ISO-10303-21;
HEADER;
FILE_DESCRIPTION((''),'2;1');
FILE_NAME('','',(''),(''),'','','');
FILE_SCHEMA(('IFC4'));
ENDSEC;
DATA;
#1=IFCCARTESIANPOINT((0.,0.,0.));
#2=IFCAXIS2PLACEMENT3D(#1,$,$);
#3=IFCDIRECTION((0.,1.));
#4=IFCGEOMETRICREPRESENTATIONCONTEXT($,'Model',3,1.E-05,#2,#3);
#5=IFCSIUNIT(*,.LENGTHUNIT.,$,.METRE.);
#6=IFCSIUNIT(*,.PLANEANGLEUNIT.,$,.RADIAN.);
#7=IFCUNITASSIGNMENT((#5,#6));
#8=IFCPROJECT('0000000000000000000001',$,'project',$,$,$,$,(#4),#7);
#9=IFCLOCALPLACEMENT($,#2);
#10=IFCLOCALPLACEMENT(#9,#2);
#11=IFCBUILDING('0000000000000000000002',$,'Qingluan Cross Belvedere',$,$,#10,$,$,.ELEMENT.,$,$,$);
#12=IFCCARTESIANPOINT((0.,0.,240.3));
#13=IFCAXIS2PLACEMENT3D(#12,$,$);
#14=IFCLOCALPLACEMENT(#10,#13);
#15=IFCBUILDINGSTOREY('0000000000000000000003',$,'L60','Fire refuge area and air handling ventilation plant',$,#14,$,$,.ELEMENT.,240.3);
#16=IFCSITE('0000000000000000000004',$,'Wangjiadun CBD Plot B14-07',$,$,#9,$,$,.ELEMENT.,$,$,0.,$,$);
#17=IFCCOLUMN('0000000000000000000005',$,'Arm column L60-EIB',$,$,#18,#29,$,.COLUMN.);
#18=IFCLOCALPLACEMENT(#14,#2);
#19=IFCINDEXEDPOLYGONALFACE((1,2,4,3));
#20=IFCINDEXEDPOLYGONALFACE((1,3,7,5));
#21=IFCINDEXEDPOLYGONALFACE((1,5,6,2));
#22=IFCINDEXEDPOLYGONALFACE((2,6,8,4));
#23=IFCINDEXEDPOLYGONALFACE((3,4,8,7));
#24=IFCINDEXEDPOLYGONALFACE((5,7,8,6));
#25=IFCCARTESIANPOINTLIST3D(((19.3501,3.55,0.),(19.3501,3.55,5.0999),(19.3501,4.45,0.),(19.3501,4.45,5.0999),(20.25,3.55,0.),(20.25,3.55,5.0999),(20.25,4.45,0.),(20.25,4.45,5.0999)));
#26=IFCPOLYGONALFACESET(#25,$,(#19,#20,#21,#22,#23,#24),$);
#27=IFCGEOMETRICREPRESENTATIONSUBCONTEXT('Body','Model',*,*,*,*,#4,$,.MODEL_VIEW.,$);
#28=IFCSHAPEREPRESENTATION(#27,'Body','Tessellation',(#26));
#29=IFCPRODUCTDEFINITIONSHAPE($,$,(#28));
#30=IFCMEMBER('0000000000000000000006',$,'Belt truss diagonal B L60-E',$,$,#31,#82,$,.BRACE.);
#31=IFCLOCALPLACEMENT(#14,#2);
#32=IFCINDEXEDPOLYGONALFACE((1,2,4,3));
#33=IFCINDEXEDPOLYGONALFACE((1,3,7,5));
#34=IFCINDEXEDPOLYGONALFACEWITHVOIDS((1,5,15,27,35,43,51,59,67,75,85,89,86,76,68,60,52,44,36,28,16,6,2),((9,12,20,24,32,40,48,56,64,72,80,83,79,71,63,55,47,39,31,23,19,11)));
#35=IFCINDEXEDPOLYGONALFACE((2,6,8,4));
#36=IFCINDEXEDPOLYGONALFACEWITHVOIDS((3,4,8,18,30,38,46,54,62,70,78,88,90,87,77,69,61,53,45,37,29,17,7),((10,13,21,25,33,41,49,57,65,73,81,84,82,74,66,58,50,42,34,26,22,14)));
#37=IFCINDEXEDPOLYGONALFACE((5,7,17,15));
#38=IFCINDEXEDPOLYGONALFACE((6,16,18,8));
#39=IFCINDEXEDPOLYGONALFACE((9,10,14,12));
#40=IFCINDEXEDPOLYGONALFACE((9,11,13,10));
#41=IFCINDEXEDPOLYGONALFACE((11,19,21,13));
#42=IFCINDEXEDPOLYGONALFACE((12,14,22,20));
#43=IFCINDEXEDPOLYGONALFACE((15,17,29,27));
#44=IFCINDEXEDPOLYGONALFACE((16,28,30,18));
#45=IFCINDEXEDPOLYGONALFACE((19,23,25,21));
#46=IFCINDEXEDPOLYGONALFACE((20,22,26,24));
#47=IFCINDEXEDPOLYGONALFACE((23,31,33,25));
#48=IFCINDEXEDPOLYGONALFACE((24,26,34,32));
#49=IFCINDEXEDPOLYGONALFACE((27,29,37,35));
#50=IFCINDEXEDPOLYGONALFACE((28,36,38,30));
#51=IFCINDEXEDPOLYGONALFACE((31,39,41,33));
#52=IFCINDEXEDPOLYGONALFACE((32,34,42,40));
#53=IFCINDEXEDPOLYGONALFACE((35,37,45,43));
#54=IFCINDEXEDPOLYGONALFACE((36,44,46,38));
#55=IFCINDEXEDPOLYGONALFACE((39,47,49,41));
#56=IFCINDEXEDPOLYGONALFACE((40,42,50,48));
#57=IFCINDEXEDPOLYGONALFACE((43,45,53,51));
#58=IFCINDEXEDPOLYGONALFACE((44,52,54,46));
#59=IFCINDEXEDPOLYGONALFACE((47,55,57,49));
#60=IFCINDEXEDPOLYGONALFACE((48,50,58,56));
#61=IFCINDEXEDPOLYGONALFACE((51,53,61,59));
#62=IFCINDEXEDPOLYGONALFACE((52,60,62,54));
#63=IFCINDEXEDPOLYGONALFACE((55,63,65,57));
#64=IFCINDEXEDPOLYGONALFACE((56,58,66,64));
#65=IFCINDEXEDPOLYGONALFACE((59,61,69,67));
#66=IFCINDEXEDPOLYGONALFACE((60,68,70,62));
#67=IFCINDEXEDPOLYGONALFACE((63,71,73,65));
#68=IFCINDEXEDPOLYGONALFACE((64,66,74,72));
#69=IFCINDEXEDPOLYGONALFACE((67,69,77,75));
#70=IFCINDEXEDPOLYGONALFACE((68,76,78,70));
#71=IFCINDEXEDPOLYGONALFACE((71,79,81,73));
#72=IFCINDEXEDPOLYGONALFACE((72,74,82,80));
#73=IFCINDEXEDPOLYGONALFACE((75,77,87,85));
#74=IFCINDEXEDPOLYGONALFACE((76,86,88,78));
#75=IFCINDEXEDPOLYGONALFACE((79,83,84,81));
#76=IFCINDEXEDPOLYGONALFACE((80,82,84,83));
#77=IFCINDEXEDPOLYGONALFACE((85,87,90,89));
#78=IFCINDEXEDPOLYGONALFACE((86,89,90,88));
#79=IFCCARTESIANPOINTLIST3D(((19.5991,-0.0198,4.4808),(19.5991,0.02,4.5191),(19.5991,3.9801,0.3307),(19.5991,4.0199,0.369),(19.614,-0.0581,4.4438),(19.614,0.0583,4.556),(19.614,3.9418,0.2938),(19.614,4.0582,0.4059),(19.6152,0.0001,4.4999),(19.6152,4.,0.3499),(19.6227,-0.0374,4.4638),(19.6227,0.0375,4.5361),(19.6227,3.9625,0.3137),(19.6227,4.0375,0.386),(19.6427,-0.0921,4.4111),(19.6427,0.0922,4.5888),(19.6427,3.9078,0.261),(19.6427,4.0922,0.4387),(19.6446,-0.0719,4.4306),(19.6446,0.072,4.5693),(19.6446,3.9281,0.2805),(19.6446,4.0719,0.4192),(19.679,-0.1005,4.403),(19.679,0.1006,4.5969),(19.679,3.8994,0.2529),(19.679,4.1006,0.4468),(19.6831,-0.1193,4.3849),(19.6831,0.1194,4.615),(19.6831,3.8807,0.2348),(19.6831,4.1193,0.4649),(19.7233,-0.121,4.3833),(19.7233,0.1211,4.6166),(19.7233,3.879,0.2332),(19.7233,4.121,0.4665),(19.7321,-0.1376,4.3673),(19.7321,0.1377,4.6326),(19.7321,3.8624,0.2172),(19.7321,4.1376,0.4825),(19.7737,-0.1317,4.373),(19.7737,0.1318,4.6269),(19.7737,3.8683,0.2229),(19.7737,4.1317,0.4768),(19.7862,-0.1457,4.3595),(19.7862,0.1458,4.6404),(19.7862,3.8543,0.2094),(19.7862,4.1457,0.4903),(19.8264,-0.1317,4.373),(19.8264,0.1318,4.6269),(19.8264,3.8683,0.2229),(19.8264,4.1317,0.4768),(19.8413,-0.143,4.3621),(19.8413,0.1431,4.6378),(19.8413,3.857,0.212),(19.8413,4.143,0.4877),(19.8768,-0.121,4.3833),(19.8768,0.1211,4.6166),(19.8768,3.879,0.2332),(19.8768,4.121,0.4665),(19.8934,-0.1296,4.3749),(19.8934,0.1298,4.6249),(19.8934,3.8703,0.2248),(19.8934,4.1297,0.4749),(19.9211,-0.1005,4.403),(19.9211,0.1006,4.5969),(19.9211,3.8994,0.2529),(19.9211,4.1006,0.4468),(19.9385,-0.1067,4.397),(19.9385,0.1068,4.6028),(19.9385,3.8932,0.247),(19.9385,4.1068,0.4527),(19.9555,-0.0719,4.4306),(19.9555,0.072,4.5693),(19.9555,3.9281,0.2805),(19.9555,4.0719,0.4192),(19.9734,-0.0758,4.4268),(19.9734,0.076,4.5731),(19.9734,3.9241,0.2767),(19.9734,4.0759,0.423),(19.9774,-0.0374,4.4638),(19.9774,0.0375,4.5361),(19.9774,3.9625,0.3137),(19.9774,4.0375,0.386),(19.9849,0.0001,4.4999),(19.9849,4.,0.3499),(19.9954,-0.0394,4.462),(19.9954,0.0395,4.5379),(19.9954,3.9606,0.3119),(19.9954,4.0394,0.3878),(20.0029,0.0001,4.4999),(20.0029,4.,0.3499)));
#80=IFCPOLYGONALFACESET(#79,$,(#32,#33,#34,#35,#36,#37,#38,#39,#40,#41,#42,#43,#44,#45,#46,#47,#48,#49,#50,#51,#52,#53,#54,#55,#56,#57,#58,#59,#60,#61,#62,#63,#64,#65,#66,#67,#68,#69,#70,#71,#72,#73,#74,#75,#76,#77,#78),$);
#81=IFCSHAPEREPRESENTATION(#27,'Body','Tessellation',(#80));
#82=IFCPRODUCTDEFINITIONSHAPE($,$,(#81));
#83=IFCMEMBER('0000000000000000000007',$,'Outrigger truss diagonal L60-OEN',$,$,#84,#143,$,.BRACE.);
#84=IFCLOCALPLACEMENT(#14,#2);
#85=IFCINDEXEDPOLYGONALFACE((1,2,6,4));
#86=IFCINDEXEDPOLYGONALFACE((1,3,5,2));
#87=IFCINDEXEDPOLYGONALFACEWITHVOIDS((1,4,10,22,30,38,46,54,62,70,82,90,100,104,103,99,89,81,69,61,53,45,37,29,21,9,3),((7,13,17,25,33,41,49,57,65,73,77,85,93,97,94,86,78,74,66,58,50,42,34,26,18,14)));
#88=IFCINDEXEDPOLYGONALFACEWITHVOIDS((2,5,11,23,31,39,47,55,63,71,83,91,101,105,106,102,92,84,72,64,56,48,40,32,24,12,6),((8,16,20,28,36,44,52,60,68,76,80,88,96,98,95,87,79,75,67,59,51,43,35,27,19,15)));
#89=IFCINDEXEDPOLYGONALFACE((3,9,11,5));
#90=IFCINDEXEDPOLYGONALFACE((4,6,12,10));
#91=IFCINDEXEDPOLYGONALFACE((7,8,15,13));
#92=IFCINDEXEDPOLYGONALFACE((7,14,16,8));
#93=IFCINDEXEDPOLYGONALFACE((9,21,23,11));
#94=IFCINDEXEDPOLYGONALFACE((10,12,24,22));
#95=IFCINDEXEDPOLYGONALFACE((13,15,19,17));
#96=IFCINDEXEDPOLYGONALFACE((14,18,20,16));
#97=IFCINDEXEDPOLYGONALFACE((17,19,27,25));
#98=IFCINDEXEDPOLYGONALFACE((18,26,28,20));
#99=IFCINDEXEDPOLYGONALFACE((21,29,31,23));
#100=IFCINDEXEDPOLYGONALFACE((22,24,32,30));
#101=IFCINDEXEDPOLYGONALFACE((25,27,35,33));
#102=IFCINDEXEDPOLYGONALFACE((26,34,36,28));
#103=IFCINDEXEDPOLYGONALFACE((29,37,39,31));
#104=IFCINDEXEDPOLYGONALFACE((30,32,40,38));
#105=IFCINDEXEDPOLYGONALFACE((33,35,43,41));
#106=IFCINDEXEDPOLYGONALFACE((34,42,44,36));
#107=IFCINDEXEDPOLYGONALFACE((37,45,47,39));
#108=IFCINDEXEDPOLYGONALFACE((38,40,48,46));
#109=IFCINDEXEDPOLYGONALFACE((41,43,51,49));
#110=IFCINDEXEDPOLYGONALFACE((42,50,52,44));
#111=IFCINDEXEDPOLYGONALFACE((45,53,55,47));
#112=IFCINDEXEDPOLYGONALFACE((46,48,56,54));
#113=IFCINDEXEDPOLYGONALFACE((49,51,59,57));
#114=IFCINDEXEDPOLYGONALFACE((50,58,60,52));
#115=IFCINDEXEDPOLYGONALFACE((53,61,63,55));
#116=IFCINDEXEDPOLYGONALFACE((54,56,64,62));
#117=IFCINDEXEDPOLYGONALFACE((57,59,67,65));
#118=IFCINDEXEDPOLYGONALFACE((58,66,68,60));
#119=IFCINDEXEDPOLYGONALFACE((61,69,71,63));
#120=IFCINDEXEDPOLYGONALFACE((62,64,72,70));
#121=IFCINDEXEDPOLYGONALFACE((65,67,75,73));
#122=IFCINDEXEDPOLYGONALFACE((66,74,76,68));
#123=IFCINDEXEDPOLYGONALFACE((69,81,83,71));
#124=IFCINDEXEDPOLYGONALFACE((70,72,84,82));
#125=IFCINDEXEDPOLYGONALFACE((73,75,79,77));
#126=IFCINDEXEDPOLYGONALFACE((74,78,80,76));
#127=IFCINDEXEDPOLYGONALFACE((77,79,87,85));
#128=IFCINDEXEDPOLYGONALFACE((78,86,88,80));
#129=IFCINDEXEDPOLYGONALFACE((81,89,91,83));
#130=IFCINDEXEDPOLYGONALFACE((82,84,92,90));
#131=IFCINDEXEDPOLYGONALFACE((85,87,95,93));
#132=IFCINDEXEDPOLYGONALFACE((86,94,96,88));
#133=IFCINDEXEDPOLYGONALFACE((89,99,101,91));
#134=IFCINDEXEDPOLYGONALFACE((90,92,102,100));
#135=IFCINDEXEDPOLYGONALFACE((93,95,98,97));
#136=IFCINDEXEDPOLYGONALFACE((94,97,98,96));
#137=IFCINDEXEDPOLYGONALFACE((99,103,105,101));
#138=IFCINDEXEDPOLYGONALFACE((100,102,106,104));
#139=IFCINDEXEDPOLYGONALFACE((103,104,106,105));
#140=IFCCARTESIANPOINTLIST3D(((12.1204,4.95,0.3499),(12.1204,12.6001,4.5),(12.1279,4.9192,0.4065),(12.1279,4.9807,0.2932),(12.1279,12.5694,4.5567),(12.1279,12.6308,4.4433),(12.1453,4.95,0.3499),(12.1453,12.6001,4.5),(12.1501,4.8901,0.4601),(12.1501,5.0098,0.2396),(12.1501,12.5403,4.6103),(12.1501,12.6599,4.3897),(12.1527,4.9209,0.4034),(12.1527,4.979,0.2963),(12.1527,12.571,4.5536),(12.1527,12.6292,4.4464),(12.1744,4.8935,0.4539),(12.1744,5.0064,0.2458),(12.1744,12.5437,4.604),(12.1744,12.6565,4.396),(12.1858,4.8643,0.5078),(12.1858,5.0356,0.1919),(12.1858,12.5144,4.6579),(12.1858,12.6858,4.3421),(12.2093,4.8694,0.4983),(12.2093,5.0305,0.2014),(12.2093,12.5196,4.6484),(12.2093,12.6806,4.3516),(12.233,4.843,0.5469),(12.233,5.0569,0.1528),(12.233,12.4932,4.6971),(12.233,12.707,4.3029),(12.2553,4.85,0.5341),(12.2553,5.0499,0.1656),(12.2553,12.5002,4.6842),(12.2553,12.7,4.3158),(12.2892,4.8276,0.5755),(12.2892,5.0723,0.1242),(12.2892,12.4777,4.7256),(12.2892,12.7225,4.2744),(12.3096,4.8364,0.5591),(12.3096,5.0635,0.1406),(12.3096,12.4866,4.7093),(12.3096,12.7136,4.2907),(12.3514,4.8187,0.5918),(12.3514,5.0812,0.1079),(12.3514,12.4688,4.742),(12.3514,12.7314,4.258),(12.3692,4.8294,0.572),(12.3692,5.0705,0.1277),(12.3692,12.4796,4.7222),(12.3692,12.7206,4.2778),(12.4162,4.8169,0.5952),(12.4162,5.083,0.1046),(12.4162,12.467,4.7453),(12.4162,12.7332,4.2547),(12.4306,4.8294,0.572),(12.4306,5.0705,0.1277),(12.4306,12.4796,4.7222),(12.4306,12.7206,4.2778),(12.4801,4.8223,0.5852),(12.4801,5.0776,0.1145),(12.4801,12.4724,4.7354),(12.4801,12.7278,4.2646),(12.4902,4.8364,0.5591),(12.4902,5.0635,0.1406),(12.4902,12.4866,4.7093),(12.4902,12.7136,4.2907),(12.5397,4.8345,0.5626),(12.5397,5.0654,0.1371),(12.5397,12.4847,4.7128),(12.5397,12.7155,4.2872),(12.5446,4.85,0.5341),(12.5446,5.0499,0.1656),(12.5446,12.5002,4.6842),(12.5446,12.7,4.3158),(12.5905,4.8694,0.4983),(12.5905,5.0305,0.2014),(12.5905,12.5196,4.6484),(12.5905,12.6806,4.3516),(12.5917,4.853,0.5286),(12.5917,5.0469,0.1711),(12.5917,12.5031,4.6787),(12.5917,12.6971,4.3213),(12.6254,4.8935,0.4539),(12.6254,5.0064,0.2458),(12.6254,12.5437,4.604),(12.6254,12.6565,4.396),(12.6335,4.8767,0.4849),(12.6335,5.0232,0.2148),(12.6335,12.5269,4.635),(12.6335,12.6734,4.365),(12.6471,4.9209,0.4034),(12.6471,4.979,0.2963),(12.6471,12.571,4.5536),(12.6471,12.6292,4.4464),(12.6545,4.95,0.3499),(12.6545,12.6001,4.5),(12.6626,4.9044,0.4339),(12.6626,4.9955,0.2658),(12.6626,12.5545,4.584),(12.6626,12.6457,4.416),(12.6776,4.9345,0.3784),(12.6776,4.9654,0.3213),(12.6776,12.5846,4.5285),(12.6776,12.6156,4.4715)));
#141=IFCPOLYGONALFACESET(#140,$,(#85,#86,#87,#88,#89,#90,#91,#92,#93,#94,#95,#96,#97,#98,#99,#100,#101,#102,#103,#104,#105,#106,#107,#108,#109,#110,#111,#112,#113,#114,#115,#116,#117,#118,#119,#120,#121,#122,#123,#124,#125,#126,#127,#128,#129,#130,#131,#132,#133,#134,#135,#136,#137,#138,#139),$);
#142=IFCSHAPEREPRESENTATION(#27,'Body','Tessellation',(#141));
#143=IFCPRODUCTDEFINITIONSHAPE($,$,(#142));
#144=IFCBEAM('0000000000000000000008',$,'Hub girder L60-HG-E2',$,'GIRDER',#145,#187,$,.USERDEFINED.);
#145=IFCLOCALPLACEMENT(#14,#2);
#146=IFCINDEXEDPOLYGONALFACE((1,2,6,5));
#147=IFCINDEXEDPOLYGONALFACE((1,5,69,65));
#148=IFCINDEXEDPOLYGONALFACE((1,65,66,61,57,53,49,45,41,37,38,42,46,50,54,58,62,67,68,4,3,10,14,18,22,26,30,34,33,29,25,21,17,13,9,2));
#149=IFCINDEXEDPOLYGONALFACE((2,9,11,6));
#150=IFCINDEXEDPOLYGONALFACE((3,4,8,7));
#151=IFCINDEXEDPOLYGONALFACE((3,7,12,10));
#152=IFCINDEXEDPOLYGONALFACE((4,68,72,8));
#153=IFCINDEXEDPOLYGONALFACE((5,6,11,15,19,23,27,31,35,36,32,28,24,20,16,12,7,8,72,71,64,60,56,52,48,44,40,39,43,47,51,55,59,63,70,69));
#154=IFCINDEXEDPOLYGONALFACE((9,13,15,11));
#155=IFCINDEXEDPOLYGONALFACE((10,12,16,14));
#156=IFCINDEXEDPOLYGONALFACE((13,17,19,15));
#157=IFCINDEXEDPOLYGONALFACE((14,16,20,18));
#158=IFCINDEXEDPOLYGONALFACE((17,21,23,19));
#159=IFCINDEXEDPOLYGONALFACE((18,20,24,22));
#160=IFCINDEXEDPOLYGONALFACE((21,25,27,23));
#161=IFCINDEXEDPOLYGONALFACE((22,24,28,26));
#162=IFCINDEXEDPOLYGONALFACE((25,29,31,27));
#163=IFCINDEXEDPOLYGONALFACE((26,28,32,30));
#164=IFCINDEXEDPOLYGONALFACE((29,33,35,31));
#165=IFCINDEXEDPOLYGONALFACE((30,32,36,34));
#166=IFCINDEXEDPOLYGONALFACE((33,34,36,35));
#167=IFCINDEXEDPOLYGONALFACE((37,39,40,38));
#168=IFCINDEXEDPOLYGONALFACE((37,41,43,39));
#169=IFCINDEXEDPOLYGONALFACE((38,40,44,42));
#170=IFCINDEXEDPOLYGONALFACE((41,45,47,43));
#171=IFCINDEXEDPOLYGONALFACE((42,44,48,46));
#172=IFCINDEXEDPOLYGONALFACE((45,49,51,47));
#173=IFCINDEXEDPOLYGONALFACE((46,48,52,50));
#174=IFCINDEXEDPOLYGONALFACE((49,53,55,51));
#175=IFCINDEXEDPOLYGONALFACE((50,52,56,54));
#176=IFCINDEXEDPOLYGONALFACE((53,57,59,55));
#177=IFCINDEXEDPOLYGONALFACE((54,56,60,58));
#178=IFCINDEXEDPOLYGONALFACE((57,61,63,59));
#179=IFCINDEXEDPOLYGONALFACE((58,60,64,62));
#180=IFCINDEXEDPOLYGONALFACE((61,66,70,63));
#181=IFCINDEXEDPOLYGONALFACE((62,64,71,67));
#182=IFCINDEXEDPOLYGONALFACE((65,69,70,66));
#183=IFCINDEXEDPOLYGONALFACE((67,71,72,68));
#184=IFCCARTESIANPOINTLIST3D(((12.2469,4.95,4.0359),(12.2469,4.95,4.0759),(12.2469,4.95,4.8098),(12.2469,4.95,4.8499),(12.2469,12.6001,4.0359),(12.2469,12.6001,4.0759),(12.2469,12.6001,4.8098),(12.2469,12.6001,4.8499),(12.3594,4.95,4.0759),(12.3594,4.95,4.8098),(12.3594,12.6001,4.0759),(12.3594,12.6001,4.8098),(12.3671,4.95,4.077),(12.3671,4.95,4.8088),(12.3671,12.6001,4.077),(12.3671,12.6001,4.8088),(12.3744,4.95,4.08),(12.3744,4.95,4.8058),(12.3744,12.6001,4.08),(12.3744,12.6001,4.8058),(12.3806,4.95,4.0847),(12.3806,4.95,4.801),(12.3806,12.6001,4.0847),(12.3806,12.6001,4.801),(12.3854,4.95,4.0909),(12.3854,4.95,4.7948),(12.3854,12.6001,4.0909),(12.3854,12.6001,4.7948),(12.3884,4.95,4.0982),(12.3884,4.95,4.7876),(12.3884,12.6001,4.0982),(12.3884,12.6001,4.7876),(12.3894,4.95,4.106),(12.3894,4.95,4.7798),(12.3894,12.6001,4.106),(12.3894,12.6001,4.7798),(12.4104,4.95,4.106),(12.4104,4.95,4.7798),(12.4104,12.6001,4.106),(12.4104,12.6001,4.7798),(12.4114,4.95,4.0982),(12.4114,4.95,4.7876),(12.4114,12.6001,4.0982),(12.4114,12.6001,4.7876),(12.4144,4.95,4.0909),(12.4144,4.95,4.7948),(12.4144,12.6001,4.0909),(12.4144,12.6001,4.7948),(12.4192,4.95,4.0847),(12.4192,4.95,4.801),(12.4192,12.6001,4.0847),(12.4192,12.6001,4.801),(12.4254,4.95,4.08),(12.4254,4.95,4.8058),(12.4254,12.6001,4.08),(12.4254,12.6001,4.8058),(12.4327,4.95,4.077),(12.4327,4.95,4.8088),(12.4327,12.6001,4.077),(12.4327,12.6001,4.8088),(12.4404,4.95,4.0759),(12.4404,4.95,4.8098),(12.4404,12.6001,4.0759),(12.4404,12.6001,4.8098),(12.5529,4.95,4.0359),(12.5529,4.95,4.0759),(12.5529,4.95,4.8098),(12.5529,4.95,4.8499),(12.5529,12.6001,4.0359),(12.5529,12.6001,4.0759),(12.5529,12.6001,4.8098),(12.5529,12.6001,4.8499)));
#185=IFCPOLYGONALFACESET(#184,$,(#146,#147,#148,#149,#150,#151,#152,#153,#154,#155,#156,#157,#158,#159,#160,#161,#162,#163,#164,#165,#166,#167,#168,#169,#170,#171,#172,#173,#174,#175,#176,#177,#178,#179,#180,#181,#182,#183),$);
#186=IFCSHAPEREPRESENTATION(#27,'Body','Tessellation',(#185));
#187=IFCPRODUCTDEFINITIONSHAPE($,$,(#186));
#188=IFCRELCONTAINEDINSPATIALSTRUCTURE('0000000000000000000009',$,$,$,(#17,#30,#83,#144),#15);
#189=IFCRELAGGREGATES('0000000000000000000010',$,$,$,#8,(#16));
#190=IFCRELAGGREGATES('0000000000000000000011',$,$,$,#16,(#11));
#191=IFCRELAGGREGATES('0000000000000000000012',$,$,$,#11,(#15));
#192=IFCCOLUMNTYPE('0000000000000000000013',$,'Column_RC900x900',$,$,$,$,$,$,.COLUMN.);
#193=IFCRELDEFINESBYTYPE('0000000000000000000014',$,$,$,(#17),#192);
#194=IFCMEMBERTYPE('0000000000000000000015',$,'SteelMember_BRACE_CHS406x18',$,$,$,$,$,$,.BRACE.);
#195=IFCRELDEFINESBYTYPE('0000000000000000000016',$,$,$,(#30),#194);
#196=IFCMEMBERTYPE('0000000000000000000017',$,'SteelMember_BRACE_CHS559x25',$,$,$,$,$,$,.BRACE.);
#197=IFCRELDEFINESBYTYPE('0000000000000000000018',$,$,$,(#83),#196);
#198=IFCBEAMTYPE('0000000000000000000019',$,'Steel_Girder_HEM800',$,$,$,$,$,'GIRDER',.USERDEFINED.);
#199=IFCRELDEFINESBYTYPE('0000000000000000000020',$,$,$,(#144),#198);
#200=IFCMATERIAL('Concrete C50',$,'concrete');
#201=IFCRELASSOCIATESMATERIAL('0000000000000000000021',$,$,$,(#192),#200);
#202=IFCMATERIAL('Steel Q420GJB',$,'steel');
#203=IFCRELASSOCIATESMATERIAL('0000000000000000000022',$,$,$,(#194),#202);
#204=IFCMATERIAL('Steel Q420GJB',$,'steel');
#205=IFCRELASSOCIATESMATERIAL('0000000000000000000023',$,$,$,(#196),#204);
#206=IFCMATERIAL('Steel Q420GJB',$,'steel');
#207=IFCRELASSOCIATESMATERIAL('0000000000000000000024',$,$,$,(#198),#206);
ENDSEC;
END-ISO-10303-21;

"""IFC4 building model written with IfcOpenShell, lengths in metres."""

from ifc_helpers import new_model, si_unit, direction, frame, origin, origin_2d, place, context, subcontext, project, spatial, rectangle, hollow_circle, i_section, extrude, material, material_profile, profile_set, type_object, element, save


model = new_model("IFC4")

# Units and contexts
model_context = context("Model", 3, precision=1e-05, world=origin(), true_north=direction((0.0, 1.0)))
body_context = subcontext(model_context, "Body", "Model", "MODEL_VIEW")
ifc_project = project(units=[si_unit("LENGTHUNIT", "METRE"), si_unit("PLANEANGLEUNIT", "RADIAN")], contexts=[model_context])

# Site, building, storey
site_placement = place(None, origin())
site = spatial("IfcSite", under=ifc_project, at=site_placement, Name="Wangjiadun CBD Plot B14-07", CompositionType="ELEMENT", RefElevation=0.0)
building_placement = place(site_placement, origin())
building = spatial("IfcBuilding", under=site, at=building_placement, Name="Qingluan Cross Belvedere", CompositionType="ELEMENT")
storey_placement = place(building_placement, frame((0.0, 0.0, 240.3)))
storey = spatial("IfcBuildingStorey", under=building, at=storey_placement, Name="L60", Description="Fire refuge area and air handling ventilation plant", CompositionType="ELEMENT", Elevation=240.3)

# Column
ifc_material_1 = material(Name="Concrete C50", Category="concrete")
ifc_material_profile_1 = material_profile(ifc_material_1, rectangle(XDim=0.8999, YDim=0.8999, at=origin_2d()), Name="RC900x900")
ifc_profile_set_1 = profile_set([ifc_material_profile_1], Name="Concrete C50")
column_type = type_object("IfcColumnType", Name="Column_RC900x900", PredefinedType="COLUMN", material=ifc_profile_set_1)
column_placement = place(storey_placement, frame((19.8, 4.0, 0.0), z_axis=(0.0, 0.0, 1.0), x_axis=(1.0, 0.0, 0.0)))
element("IfcColumn", 1, at=column_placement, inside=storey, type_object=column_type, Name="Arm column L60-EIB", PredefinedType="COLUMN", context=body_context, shape_type="SweptSolid", body=[
    extrude(rectangle(XDim=0.8999, YDim=0.8999, at=origin_2d()), origin(), (0.0, 0.0, 1.0), 5.0999),
])

# Members
ifc_material_2 = material(Name="Steel Q420GJB", Category="steel")
ifc_material_profile_2 = material_profile(ifc_material_2, hollow_circle(Radius=0.2029, WallThickness=0.0181, at=origin_2d()), Name="CHS406x18")
ifc_profile_set_2 = profile_set([ifc_material_profile_2], Name="Steel Q420GJB")
member_type_1 = type_object("IfcMemberType", Name="SteelMember_BRACE_CHS406x18", PredefinedType="BRACE", material=ifc_profile_set_2)
member_1_placement = place(storey_placement, frame((19.8, 4.0, 0.3499), z_axis=(0.0, -0.693962, 0.720011), x_axis=(1.0, 0.0, 0.0)))
element("IfcMember", 2, at=member_1_placement, inside=storey, type_object=member_type_1, Name="Belt truss diagonal B L60-E", PredefinedType="BRACE", context=body_context, shape_type="SweptSolid", body=[
    extrude(hollow_circle(Radius=0.2029, WallThickness=0.0181, at=origin_2d()), origin(), (0.0, 0.0, 1.0), 5.7639),
])
ifc_material_3 = material(Name="Steel Q420GJB", Category="steel")
ifc_material_profile_3 = material_profile(ifc_material_3, hollow_circle(Radius=0.2795, WallThickness=0.0249, at=origin_2d()), Name="CHS559x25")
ifc_profile_set_3 = profile_set([ifc_material_profile_3], Name="Steel Q420GJB")
member_type_2 = type_object("IfcMemberType", Name="SteelMember_BRACE_CHS559x25", PredefinedType="BRACE", material=ifc_profile_set_3)
member_2_placement = place(storey_placement, frame((12.3999, 4.95, 0.3499), z_axis=(0.0, 0.878988, 0.476844), x_axis=(-1.0, 0.0, 0.0)))
element("IfcMember", 3, at=member_2_placement, inside=storey, type_object=member_type_2, Name="Outrigger truss diagonal L60-OEN", PredefinedType="BRACE", context=body_context, shape_type="SweptSolid", body=[
    extrude(hollow_circle(Radius=0.2795, WallThickness=0.0249, at=origin_2d()), origin(), (0.0, 0.0, 1.0), 8.7034),
])

# Beam
ifc_material_4 = material(Name="Steel Q420GJB", Category="steel")
ifc_material_profile_4 = material_profile(ifc_material_4, i_section(OverallWidth=0.3059, OverallDepth=0.814, WebThickness=0.021, FlangeThickness=0.04, FilletRadius=0.03, at=origin_2d()), Name="HEM800")
ifc_profile_set_4 = profile_set([ifc_material_profile_4], Name="Steel Q420GJB")
beam_type = type_object("IfcBeamType", Name="Steel_Girder_HEM800", ElementType="GIRDER", PredefinedType="USERDEFINED", material=ifc_profile_set_4)
beam_1_placement = place(storey_placement, frame((12.3999, 4.95, 4.4429), z_axis=(0.0, 1.0, 0.0), x_axis=(-1.0, 0.0, 0.0)))
element("IfcBeam", 4, at=beam_1_placement, inside=storey, type_object=beam_type, Name="Hub girder L60-HG-E2", ObjectType="GIRDER", PredefinedType="USERDEFINED", context=body_context, shape_type="SweptSolid", body=[
    extrude(i_section(OverallWidth=0.3059, OverallDepth=0.814, WebThickness=0.021, FlangeThickness=0.04, FilletRadius=0.03, at=origin_2d()), origin(), (0.0, 0.0, 1.0), 7.6501),
])

save(model, "model.ifc")
